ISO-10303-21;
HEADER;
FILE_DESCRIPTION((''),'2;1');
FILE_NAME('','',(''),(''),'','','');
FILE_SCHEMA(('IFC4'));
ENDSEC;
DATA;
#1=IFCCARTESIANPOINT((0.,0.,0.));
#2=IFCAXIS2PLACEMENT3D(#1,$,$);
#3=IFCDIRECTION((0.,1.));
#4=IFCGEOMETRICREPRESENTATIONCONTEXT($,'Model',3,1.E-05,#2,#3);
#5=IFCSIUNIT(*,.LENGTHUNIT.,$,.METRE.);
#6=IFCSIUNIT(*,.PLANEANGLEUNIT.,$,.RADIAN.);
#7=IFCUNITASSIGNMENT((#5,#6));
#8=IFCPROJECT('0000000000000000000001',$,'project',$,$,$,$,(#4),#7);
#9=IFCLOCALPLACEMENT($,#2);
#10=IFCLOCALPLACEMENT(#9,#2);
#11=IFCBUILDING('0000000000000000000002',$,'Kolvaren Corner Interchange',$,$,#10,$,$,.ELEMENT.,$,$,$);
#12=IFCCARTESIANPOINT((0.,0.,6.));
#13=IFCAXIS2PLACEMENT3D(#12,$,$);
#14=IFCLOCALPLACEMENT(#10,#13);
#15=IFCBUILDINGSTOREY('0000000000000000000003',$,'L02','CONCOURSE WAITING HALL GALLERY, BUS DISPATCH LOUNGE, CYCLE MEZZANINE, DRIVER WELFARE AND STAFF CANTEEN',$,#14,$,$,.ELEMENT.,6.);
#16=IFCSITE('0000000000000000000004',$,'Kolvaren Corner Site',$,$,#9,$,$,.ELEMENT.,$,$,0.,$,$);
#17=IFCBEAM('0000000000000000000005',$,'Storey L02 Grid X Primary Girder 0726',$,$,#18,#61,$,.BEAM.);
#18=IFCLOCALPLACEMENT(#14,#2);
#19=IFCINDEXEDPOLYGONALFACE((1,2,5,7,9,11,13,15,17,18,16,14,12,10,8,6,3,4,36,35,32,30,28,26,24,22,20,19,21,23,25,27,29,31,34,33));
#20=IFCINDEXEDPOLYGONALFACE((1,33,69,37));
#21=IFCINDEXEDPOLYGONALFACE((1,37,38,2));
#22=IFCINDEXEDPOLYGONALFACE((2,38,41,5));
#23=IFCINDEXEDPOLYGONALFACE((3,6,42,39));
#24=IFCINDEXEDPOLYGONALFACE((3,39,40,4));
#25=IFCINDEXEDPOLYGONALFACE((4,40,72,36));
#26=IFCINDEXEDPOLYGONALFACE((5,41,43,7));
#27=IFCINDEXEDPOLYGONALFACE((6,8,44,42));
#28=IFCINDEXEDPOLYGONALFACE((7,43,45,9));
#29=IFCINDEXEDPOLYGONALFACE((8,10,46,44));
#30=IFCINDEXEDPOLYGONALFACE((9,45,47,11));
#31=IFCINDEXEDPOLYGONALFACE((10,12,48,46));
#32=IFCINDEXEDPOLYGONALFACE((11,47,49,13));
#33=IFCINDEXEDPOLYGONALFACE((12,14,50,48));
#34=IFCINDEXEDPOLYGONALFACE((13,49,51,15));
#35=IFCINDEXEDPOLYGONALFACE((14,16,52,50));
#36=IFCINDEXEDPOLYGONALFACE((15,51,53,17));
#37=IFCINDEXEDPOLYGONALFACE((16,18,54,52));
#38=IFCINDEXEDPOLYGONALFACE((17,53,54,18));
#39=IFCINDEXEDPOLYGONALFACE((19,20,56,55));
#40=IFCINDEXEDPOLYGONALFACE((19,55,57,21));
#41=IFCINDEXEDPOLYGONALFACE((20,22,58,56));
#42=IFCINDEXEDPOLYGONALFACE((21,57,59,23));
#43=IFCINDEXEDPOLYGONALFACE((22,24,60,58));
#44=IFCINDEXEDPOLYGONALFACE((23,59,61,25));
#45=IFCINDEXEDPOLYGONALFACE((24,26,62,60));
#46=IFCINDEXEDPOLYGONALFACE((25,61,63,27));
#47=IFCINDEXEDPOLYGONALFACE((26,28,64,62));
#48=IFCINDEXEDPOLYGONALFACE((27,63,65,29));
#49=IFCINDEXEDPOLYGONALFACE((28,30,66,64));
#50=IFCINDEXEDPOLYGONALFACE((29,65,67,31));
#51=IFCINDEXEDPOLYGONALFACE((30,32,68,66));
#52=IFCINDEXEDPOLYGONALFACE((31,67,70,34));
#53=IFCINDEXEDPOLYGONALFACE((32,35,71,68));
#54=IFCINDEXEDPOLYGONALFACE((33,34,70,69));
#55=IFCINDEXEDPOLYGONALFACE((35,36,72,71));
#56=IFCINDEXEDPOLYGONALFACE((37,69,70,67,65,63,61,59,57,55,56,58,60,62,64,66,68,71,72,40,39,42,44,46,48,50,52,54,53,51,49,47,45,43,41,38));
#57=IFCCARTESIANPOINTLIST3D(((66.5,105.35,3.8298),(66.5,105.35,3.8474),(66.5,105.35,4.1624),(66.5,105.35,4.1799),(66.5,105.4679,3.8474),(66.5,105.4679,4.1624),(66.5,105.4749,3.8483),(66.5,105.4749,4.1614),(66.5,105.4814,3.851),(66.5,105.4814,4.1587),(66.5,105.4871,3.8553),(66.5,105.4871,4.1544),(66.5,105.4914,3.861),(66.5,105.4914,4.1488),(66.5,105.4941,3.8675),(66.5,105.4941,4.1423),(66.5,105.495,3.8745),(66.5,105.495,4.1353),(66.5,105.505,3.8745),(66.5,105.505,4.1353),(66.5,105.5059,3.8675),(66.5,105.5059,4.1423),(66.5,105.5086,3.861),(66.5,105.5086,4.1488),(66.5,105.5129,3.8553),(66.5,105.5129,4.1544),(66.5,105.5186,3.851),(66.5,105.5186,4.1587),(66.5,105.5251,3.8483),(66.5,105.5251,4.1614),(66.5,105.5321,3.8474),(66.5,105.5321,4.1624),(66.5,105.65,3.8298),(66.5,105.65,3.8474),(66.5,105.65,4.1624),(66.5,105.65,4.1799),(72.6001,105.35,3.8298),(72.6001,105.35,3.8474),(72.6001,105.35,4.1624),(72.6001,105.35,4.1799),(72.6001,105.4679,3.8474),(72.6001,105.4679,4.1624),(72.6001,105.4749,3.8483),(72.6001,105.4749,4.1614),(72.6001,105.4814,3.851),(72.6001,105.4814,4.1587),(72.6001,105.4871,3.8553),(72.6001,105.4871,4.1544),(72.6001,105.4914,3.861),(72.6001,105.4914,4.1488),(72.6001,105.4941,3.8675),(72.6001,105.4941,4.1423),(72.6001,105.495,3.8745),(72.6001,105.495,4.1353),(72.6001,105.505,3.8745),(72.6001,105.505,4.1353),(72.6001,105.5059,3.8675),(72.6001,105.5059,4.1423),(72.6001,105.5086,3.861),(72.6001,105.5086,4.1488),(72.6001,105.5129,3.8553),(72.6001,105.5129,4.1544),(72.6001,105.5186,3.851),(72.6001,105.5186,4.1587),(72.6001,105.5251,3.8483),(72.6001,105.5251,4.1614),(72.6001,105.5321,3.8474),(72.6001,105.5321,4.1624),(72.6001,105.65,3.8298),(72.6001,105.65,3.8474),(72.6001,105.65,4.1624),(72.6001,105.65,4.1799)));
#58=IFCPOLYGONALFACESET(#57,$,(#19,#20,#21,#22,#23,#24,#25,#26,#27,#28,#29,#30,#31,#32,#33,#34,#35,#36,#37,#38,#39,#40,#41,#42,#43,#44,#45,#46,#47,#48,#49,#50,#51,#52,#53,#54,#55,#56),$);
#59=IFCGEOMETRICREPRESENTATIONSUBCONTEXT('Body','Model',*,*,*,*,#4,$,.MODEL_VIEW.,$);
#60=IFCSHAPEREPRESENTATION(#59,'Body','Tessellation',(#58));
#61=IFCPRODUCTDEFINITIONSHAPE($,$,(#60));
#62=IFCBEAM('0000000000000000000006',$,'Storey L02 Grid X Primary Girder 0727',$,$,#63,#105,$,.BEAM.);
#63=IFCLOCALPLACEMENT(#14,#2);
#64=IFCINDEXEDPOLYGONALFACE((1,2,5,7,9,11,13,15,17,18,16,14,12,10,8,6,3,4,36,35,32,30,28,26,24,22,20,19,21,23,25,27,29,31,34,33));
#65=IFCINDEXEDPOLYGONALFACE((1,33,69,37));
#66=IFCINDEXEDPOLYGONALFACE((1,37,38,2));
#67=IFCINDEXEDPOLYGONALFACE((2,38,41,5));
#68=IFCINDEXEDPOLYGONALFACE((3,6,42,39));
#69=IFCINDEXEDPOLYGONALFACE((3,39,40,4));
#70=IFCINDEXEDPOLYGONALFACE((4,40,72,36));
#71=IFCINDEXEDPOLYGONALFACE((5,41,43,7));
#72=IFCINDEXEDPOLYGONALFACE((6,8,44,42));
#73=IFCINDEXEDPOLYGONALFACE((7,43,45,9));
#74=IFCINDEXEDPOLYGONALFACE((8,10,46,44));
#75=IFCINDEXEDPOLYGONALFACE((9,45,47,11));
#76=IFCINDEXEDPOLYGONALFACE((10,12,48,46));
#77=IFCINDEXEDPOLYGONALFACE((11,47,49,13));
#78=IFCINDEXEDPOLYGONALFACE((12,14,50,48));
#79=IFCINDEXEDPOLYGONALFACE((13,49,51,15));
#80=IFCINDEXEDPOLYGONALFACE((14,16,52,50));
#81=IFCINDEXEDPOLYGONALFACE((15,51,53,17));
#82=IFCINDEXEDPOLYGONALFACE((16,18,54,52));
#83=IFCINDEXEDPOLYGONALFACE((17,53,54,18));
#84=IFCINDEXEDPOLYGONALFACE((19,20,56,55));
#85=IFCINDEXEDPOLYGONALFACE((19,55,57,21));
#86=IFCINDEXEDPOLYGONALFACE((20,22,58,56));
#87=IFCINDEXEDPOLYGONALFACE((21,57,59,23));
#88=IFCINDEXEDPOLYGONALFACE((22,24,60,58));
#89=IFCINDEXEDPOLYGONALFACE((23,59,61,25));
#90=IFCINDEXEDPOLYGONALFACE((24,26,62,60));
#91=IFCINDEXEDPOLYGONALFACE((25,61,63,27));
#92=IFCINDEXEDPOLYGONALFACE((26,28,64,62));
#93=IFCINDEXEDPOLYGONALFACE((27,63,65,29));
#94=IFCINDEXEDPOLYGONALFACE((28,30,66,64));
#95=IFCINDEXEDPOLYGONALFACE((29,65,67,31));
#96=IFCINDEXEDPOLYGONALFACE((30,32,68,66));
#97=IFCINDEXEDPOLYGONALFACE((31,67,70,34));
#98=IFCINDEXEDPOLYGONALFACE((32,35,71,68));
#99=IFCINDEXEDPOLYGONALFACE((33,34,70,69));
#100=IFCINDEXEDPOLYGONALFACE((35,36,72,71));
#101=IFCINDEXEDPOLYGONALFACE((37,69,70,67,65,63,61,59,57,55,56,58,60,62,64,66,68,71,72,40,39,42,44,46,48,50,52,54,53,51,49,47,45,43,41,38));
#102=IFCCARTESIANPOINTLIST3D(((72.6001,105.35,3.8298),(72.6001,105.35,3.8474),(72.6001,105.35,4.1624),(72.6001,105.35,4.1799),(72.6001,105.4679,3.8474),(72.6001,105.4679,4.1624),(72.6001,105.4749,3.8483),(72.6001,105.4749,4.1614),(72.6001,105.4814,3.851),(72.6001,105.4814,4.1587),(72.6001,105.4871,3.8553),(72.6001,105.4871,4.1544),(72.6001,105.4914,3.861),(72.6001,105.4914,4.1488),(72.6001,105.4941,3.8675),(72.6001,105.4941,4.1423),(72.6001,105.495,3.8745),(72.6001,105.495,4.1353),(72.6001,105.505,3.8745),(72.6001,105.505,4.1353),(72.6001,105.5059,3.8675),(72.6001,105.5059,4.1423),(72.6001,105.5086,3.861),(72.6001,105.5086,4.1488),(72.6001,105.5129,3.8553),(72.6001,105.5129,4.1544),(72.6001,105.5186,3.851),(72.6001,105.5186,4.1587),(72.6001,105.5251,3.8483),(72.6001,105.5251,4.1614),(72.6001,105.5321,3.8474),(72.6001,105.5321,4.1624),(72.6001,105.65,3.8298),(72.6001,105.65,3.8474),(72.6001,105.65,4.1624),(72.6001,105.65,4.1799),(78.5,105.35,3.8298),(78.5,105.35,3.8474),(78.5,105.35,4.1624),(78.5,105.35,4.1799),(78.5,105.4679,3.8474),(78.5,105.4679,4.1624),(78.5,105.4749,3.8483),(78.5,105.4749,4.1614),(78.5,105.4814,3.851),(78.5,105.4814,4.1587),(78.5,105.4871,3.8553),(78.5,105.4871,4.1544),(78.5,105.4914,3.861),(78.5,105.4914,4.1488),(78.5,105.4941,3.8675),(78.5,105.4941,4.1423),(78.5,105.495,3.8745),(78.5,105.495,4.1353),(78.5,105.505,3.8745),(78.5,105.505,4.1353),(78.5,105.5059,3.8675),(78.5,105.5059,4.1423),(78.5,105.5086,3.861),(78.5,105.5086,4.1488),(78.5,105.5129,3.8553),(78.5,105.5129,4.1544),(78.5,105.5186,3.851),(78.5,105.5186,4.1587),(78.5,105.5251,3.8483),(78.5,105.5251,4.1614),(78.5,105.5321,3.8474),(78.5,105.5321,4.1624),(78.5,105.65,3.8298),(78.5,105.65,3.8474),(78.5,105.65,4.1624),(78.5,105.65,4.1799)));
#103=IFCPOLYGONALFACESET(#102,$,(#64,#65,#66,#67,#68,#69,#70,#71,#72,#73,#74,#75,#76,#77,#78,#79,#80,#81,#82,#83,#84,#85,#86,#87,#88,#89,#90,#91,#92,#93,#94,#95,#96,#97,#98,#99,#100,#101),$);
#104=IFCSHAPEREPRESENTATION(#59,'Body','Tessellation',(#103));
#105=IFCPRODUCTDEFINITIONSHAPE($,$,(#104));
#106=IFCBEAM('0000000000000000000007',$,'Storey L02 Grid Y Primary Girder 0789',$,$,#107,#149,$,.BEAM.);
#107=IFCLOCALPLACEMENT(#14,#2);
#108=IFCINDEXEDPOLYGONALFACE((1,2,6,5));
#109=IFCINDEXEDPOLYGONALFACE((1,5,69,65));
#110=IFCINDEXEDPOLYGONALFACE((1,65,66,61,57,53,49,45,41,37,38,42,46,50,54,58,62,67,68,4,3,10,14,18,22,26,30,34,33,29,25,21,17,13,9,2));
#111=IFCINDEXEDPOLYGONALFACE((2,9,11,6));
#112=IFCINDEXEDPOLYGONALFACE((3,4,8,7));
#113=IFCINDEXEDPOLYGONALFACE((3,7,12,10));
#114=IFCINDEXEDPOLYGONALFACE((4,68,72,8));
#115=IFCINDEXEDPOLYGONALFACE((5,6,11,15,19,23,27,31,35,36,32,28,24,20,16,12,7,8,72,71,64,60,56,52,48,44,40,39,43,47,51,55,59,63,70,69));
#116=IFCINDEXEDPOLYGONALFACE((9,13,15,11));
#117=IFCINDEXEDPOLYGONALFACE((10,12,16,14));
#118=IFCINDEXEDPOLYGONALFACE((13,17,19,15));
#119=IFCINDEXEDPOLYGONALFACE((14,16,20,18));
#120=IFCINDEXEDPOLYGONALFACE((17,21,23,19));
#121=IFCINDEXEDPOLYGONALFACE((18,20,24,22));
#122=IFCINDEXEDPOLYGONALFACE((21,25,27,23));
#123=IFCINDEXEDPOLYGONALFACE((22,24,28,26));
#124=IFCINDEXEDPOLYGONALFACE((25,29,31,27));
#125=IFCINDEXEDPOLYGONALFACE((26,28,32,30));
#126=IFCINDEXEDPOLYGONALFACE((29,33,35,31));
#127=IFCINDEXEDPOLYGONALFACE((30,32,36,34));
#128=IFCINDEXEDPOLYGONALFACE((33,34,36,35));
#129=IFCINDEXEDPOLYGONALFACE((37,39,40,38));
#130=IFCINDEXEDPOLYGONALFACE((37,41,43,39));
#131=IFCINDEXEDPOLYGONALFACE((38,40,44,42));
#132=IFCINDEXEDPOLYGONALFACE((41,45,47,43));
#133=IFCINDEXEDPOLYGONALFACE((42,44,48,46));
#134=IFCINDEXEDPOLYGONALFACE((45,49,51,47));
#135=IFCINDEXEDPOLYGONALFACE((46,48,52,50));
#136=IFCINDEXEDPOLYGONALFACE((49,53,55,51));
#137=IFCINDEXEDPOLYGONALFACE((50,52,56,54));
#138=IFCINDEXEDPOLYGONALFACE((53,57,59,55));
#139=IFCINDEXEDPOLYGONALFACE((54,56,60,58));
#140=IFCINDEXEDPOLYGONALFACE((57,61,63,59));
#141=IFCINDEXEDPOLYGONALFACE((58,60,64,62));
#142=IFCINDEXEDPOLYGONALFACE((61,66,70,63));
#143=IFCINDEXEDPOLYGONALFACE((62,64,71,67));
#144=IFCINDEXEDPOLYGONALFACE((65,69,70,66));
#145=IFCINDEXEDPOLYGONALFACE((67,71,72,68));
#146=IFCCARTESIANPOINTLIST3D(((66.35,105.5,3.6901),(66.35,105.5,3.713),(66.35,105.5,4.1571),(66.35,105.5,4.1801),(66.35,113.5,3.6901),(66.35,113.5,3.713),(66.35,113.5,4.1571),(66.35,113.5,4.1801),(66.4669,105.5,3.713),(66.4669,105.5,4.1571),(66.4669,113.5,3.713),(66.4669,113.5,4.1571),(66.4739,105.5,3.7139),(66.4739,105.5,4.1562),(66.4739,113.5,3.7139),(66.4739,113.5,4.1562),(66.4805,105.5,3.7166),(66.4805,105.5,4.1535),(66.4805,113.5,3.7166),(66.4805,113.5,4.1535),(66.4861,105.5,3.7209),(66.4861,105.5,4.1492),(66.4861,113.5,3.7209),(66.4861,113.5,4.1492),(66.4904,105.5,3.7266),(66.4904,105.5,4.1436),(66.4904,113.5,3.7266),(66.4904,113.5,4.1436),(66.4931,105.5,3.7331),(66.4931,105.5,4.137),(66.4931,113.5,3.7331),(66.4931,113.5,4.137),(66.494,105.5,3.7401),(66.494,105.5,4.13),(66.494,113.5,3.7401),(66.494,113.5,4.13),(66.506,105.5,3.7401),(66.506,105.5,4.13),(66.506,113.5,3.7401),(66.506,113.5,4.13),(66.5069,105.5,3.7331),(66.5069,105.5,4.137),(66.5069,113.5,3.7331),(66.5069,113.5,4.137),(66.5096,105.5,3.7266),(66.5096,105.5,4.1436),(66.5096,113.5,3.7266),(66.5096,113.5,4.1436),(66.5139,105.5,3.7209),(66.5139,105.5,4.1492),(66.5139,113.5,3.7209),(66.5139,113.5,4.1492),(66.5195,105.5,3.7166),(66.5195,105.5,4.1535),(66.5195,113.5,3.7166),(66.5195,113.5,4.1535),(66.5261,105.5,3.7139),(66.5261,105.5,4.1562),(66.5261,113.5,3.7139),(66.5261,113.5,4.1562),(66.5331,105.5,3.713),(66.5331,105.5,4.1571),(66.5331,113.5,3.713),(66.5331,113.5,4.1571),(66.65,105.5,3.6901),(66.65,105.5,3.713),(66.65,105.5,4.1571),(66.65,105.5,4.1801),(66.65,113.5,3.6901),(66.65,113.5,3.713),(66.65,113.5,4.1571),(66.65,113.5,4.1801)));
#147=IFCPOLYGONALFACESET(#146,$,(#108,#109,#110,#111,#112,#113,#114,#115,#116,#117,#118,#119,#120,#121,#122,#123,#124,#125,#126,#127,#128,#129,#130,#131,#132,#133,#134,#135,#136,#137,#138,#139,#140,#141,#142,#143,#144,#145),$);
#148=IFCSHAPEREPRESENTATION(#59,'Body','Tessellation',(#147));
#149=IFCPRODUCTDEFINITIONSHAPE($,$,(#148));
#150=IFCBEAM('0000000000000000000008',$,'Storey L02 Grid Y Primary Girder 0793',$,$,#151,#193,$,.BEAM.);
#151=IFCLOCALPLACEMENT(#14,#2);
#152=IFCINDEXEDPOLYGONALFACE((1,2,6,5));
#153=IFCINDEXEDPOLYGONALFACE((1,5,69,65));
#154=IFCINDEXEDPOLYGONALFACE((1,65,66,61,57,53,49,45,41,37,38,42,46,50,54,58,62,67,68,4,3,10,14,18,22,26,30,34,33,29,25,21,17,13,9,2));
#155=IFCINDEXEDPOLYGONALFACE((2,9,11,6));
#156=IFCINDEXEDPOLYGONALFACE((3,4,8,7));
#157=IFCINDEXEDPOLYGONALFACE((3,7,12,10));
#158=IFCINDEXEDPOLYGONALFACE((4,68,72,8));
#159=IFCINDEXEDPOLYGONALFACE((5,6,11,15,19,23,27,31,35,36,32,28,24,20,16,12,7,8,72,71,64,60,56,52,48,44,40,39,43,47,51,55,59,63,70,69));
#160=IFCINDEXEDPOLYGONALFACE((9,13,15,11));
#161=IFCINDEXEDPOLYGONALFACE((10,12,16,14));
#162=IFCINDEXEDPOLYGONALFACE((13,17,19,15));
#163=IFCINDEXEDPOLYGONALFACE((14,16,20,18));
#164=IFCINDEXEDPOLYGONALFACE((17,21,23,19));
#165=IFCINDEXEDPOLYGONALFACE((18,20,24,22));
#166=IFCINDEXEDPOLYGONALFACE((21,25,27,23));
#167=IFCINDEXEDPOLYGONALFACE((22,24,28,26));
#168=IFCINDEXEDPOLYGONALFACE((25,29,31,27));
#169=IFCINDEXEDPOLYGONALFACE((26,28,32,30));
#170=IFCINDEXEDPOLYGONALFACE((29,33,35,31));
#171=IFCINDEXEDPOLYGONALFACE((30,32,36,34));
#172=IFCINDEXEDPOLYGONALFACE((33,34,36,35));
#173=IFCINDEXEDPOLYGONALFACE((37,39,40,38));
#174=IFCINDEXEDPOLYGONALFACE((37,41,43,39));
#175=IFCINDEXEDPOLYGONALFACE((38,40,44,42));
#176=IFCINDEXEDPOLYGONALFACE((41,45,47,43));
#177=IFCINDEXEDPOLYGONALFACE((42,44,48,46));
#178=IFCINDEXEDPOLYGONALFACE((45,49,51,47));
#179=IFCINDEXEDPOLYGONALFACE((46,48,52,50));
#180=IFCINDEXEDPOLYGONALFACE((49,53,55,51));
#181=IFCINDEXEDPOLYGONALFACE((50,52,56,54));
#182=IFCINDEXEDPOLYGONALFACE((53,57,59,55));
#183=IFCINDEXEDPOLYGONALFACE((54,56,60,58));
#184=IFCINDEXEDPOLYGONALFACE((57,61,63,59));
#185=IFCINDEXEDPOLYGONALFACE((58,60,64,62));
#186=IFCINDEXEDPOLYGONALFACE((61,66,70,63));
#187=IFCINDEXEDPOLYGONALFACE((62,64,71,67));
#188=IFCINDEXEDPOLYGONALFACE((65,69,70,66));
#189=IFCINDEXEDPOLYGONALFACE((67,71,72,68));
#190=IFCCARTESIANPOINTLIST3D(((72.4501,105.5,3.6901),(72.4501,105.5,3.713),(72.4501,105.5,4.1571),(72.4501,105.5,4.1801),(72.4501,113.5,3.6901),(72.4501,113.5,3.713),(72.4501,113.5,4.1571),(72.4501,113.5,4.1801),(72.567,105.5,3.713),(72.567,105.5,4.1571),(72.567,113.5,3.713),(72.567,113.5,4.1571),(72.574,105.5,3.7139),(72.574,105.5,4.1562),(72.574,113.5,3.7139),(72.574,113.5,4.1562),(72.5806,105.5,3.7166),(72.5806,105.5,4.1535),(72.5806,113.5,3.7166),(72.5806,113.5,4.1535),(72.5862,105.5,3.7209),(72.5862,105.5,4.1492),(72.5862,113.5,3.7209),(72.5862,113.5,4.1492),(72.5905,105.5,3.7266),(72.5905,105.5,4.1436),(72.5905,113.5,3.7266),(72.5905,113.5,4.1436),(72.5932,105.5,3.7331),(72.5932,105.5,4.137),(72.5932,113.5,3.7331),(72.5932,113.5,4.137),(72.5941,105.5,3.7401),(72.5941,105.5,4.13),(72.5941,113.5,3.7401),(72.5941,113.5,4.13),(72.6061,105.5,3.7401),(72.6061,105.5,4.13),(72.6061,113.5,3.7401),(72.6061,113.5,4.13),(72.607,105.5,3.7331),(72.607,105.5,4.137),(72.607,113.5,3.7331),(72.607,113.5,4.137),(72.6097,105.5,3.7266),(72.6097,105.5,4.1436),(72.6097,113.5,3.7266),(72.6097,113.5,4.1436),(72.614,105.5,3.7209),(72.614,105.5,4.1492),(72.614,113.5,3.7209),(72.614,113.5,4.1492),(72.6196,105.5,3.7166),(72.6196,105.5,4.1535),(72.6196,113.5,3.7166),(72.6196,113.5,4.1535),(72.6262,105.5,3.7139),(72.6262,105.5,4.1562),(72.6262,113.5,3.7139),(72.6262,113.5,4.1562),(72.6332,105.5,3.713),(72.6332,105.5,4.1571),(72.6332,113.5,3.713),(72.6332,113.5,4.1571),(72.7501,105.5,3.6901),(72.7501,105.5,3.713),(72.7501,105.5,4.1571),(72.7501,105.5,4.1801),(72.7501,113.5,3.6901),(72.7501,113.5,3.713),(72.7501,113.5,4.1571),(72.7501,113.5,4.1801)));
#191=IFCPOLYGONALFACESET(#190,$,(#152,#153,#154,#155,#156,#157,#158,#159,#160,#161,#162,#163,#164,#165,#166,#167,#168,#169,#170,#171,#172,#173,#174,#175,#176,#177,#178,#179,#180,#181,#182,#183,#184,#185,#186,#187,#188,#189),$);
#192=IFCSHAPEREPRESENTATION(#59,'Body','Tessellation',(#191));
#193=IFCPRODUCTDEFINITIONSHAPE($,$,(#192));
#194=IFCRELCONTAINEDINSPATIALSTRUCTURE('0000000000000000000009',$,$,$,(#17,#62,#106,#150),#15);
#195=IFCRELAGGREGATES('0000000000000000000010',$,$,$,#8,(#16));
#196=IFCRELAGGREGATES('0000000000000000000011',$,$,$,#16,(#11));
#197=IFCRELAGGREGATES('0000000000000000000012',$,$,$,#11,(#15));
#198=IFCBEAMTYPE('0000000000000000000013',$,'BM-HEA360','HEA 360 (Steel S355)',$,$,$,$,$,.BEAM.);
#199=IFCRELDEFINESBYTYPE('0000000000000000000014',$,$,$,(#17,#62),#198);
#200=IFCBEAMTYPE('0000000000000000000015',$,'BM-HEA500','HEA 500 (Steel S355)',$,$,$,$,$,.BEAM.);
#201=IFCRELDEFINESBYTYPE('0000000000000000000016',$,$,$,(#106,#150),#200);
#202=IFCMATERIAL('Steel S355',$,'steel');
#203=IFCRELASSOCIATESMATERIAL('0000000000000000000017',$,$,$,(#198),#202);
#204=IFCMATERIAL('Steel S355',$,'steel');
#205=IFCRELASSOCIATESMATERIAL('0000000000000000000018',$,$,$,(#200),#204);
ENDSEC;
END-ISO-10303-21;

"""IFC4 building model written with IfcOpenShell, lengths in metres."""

from ifc_helpers import new_model, si_unit, direction, frame, origin, origin_2d, place, context, subcontext, project, spatial, i_section, extrude, material, material_profile, profile_set, type_object, element, save


model = new_model("IFC4")

# Units and contexts
model_context = context("Model", 3, precision=1e-05, world=origin(), true_north=direction((0.0, 1.0)))
body_context = subcontext(model_context, "Body", "Model", "MODEL_VIEW")
ifc_project = project(units=[si_unit("LENGTHUNIT", "METRE"), si_unit("PLANEANGLEUNIT", "RADIAN")], contexts=[model_context])

# Site, building, storey
site_placement = place(None, origin())
site = spatial("IfcSite", under=ifc_project, at=site_placement, Name="Kolvaren Corner Site", CompositionType="ELEMENT", RefElevation=0.0)
building_placement = place(site_placement, origin())
building = spatial("IfcBuilding", under=site, at=building_placement, Name="Kolvaren Corner Interchange", CompositionType="ELEMENT")
storey_placement = place(building_placement, frame((0.0, 0.0, 6.0)))
storey = spatial("IfcBuildingStorey", under=building, at=storey_placement, Name="L02", Description="CONCOURSE WAITING HALL GALLERY, BUS DISPATCH LOUNGE, CYCLE MEZZANINE, DRIVER WELFARE AND STAFF CANTEEN", CompositionType="ELEMENT", Elevation=6.0)

# Beams
ifc_material_1 = material(Name="Steel S355", Category="steel")
ifc_material_profile_1 = material_profile(ifc_material_1, i_section(OverallWidth=0.3, OverallDepth=0.3501, WebThickness=0.01, FlangeThickness=0.0176, FilletRadius=0.0271, at=origin_2d()), Name="HEA 360")
ifc_profile_set_1 = profile_set([ifc_material_profile_1], Name="Steel S355")
beam_type_1 = type_object("IfcBeamType", Name="BM-HEA360", Description="HEA 360 (Steel S355)", PredefinedType="BEAM", material=ifc_profile_set_1)
beam_1_placement = place(storey_placement, frame((66.5, 105.5, 4.0049), z_axis=(1.0, 0.0, 0.0), x_axis=(0.0, 1.0, 0.0)))
element("IfcBeam", 1, at=beam_1_placement, inside=storey, type_object=beam_type_1, Name="Storey L02 Grid X Primary Girder 0726", PredefinedType="BEAM", context=body_context, shape_type="SweptSolid", body=[
    extrude(i_section(OverallWidth=0.3, OverallDepth=0.3501, WebThickness=0.01, FlangeThickness=0.0176, FilletRadius=0.0271, at=origin_2d()), origin(), (0.0, 0.0, 1.0), 6.1001),
])
beam_2_placement = place(storey_placement, frame((72.6001, 105.5, 4.0049), z_axis=(1.0, 0.0, 0.0), x_axis=(0.0, 1.0, 0.0)))
element("IfcBeam", 2, at=beam_2_placement, inside=storey, type_object=beam_type_1, Name="Storey L02 Grid X Primary Girder 0727", PredefinedType="BEAM", context=body_context, shape_type="SweptSolid", body=[
    extrude(i_section(OverallWidth=0.3, OverallDepth=0.3501, WebThickness=0.01, FlangeThickness=0.0176, FilletRadius=0.0271, at=origin_2d()), origin(), (0.0, 0.0, 1.0), 5.8999),
])
ifc_material_2 = material(Name="Steel S355", Category="steel")
ifc_material_profile_2 = material_profile(ifc_material_2, i_section(OverallWidth=0.3, OverallDepth=0.49, WebThickness=0.012, FlangeThickness=0.0229, FilletRadius=0.0271, at=origin_2d()), Name="HEA 500")
ifc_profile_set_2 = profile_set([ifc_material_profile_2], Name="Steel S355")
beam_type_2 = type_object("IfcBeamType", Name="BM-HEA500", Description="HEA 500 (Steel S355)", PredefinedType="BEAM", material=ifc_profile_set_2)
for number, where, z_axis, x_axis, name in (
    (3, (66.5, 105.5, 3.9351), (0.0, 1.0, 0.0), (-1.0, 0.0, 0.0), "Storey L02 Grid Y Primary Girder 0789"),
    (4, (72.6001, 105.5, 3.9351), (0.0, 1.0, 0.0), (-1.0, 0.0, 0.0), "Storey L02 Grid Y Primary Girder 0793"),
):
    element("IfcBeam", number, at=place(storey_placement, frame(where, z_axis=z_axis, x_axis=x_axis)), inside=storey, type_object=beam_type_2, Name=name, PredefinedType="BEAM", context=body_context, shape_type="SweptSolid", body=[
        extrude(i_section(OverallWidth=0.3, OverallDepth=0.49, WebThickness=0.012, FlangeThickness=0.0229, FilletRadius=0.0271, at=origin_2d()), origin(), (0.0, 0.0, 1.0), 8.0),
    ])

save(model, "model.ifc")
